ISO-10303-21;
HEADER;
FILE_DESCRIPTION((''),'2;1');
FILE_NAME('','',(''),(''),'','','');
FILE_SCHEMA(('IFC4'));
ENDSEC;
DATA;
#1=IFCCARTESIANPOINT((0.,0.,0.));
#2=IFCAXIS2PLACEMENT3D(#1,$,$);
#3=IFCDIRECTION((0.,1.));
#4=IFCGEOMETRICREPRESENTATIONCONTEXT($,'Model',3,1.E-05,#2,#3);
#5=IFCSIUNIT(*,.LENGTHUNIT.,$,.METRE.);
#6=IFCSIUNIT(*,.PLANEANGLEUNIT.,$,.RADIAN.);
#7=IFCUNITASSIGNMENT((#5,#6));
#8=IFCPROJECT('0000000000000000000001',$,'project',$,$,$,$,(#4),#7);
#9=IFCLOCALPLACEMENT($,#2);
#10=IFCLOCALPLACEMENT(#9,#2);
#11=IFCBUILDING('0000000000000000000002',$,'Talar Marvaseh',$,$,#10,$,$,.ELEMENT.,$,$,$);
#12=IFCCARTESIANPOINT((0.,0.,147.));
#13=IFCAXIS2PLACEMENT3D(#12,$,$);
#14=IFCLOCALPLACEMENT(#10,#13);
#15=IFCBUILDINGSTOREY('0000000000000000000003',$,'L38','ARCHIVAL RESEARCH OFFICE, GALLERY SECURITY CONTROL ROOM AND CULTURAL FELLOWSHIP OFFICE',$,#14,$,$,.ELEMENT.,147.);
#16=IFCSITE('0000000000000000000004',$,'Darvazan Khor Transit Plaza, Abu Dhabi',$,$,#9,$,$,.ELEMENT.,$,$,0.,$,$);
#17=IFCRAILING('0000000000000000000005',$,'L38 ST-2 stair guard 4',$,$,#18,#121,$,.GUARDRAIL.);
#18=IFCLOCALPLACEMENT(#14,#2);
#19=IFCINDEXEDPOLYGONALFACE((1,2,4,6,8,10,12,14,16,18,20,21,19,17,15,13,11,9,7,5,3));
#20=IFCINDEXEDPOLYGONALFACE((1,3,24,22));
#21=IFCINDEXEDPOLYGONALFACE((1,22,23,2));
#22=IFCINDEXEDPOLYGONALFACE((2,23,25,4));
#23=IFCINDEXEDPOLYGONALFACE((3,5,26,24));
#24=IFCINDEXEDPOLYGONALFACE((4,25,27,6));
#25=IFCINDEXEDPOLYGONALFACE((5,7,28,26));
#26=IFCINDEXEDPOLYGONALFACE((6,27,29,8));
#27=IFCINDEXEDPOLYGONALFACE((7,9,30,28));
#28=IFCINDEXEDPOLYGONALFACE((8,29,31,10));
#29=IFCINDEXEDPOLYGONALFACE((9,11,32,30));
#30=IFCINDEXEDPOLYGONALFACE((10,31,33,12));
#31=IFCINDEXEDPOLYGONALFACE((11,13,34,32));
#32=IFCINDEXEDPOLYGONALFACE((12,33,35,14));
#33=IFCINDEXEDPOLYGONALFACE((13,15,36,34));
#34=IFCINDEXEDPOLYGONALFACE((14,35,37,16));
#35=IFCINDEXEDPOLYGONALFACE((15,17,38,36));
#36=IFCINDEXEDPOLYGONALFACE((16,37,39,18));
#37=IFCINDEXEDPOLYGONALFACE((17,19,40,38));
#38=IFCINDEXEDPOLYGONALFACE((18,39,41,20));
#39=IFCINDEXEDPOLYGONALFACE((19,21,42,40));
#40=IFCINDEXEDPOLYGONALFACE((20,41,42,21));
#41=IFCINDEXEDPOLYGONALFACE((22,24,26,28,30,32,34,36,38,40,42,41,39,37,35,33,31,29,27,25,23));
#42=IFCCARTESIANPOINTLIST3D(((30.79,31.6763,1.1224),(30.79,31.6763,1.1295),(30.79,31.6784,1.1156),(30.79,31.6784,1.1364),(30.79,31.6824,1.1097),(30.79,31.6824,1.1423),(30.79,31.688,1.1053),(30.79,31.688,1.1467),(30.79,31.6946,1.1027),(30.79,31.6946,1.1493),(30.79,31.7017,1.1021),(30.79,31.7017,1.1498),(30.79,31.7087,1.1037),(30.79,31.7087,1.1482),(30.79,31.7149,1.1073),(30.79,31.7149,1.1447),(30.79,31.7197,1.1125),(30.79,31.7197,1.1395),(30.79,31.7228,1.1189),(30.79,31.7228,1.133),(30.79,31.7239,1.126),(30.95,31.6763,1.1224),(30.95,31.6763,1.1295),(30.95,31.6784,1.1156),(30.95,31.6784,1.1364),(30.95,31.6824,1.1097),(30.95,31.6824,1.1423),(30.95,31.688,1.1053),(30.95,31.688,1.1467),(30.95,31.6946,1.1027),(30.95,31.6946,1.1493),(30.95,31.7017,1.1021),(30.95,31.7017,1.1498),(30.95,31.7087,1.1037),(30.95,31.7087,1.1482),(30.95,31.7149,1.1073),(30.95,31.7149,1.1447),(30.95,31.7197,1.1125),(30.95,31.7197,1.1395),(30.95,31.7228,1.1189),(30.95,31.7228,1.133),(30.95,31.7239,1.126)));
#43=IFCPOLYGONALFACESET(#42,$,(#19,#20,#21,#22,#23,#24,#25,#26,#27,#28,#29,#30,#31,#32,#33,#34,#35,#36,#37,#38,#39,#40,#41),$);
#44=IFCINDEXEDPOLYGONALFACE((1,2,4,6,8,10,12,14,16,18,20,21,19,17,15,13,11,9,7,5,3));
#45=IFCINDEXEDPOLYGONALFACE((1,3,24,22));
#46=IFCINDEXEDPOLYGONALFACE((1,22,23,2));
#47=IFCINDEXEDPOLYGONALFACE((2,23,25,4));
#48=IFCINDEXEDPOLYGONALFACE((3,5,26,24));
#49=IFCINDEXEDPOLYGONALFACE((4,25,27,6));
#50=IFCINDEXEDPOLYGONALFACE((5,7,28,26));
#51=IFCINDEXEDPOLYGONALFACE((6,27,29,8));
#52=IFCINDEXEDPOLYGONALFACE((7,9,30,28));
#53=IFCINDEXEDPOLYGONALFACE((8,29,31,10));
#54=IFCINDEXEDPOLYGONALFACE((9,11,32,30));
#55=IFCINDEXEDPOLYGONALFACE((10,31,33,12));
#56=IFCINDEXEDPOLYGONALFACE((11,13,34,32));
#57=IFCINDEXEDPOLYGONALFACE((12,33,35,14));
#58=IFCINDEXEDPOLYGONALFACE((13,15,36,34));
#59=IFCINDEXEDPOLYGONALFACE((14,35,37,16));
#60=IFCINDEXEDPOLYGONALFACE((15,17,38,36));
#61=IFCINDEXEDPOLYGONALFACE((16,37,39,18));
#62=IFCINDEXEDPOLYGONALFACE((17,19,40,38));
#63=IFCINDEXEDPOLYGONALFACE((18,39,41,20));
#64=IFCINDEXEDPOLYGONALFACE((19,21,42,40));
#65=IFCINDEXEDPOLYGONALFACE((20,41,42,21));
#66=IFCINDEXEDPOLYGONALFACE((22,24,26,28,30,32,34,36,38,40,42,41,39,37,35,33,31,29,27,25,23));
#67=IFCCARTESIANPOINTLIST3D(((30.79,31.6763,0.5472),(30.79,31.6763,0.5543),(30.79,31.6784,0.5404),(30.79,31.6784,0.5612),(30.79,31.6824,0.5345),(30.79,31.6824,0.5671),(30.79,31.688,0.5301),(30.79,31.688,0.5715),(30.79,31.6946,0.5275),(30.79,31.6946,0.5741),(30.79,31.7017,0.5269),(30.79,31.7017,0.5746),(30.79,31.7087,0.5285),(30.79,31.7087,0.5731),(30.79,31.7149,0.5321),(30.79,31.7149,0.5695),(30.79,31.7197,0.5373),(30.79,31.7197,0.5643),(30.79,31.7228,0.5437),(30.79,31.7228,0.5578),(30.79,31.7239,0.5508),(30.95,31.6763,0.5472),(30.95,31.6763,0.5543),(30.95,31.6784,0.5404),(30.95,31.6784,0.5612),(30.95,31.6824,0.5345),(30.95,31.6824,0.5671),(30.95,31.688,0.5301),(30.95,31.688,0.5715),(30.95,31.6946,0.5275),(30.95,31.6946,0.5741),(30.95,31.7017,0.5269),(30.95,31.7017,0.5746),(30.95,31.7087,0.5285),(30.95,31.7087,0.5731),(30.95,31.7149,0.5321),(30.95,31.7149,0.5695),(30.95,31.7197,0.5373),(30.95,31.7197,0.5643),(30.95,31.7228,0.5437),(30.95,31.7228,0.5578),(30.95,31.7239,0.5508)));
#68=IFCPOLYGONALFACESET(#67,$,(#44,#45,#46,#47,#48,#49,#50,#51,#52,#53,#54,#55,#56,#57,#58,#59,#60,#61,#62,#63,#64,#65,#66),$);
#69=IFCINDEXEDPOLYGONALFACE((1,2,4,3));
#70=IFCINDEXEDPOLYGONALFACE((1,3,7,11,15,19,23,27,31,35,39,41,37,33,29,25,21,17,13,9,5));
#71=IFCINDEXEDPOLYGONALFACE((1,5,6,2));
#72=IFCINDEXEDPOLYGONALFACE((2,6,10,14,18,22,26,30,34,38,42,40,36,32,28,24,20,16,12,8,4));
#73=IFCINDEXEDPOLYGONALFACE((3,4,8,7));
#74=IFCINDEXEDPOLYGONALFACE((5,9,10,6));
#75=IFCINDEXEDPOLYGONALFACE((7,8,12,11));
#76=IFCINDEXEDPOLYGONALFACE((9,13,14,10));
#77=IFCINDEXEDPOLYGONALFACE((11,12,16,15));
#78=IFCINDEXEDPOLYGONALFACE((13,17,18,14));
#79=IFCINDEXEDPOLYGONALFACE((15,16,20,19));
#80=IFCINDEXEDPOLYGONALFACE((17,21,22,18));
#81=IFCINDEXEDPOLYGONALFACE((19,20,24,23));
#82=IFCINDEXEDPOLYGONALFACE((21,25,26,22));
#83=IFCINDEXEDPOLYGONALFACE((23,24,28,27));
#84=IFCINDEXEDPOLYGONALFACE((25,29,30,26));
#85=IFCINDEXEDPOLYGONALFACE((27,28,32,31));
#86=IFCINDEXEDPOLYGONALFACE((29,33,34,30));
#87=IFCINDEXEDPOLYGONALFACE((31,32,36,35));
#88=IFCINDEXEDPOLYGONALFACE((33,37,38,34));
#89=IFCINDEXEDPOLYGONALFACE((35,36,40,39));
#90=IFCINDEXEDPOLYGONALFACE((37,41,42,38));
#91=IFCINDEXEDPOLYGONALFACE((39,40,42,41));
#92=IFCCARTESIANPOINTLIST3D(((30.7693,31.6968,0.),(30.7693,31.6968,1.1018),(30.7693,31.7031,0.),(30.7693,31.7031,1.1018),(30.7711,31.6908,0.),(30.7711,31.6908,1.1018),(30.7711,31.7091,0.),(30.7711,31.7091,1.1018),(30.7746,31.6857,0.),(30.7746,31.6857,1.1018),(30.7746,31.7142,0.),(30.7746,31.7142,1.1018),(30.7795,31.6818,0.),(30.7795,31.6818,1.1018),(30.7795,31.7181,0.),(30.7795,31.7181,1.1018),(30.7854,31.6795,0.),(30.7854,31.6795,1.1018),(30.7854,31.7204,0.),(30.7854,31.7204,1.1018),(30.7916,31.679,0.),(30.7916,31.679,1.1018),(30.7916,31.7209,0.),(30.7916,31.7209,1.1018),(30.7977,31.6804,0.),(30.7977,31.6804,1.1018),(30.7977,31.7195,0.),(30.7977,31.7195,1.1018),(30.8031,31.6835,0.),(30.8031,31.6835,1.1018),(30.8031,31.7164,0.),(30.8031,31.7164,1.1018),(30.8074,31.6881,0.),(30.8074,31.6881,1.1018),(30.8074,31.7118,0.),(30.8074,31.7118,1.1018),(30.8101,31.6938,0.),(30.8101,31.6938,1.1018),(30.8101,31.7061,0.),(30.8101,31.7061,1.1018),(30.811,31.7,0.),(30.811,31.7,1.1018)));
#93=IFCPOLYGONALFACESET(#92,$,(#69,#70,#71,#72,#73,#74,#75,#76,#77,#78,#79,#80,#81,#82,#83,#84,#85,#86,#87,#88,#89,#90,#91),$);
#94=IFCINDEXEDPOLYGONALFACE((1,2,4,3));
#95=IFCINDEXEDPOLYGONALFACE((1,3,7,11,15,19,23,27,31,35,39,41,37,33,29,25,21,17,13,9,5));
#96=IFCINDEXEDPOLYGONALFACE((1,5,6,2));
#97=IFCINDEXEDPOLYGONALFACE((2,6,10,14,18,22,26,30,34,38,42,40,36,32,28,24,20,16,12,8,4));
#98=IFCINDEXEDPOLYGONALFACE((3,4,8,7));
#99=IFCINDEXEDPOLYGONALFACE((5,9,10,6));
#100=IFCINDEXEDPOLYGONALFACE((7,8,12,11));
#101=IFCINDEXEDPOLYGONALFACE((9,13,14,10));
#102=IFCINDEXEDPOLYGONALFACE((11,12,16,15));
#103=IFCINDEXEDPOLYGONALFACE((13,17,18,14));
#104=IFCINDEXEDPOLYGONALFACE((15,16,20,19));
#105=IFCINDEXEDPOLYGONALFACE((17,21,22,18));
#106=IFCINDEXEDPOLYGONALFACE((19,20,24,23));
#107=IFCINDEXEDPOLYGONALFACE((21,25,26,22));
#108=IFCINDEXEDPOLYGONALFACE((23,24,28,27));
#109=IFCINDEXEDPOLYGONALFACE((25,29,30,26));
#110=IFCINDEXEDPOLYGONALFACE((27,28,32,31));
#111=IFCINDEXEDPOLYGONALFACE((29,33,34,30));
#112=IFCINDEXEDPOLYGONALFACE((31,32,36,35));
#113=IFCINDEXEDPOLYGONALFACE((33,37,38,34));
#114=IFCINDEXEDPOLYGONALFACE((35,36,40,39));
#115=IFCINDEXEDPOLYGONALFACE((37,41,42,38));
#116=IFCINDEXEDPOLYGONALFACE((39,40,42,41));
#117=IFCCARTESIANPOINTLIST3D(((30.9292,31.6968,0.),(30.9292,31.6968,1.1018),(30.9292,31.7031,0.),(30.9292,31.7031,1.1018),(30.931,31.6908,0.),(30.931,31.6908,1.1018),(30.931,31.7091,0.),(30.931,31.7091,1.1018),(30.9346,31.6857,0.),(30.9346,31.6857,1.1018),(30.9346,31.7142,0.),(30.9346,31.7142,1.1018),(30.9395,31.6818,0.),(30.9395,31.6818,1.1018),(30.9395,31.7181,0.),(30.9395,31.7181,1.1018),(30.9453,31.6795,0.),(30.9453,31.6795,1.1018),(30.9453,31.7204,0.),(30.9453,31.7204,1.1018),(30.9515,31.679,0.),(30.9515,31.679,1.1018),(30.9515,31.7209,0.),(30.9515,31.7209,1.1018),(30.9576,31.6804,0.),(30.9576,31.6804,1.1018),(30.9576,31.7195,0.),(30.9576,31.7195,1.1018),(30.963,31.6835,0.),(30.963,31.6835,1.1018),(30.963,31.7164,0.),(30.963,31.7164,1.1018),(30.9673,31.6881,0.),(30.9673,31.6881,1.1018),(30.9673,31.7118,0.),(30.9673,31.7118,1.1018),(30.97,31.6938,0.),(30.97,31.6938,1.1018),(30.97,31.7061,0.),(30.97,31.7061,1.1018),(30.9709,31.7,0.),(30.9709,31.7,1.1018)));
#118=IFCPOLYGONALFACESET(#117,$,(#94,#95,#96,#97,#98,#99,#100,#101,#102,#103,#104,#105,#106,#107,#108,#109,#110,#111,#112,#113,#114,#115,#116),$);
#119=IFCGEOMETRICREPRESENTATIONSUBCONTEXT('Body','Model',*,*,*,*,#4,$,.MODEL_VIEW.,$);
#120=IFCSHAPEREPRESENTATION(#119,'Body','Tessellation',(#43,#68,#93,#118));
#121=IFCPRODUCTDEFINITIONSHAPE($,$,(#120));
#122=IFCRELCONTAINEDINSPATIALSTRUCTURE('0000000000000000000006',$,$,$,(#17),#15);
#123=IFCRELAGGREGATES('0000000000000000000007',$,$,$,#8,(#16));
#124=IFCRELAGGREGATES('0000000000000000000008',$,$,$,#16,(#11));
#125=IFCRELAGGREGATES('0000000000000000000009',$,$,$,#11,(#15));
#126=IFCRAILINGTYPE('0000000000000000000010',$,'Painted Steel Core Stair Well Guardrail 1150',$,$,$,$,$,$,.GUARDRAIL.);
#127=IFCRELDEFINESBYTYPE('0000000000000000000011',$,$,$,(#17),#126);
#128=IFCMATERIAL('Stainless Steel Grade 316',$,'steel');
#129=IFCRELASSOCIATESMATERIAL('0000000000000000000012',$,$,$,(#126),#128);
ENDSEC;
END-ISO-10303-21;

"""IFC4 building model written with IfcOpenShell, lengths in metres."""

from ifc_helpers import new_model, si_unit, direction, frame, origin, origin_2d, place, context, subcontext, project, spatial, circle, extrude, material, type_object, element, save


model = new_model("IFC4")

# Units and contexts
model_context = context("Model", 3, precision=1e-05, world=origin(), true_north=direction((0.0, 1.0)))
body_context = subcontext(model_context, "Body", "Model", "MODEL_VIEW")
ifc_project = project(units=[si_unit("LENGTHUNIT", "METRE"), si_unit("PLANEANGLEUNIT", "RADIAN")], contexts=[model_context])

# Site, building, storey
site_placement = place(None, origin())
site = spatial("IfcSite", under=ifc_project, at=site_placement, Name="Darvazan Khor Transit Plaza, Abu Dhabi", CompositionType="ELEMENT", RefElevation=0.0)
building_placement = place(site_placement, origin())
building = spatial("IfcBuilding", under=site, at=building_placement, Name="Talar Marvaseh", CompositionType="ELEMENT")
storey_placement = place(building_placement, frame((0.0, 0.0, 147.0)))
storey = spatial("IfcBuildingStorey", under=building, at=storey_placement, Name="L38", Description="ARCHIVAL RESEARCH OFFICE, GALLERY SECURITY CONTROL ROOM AND CULTURAL FELLOWSHIP OFFICE", CompositionType="ELEMENT", Elevation=147.0)

# Shared definitions
ifc_material_1 = material(Name="Stainless Steel Grade 316", Category="steel")

# Railing
railing_type_1 = type_object("IfcRailingType", Name="Painted Steel Core Stair Well Guardrail 1150", PredefinedType="GUARDRAIL", material=ifc_material_1)
railing_1_placement = place(storey_placement, frame((30.79, 31.7, 0.0)))
element("IfcRailing", 1, at=railing_1_placement, inside=storey, type_object=railing_type_1, Name="L38 ST-2 stair guard 4", PredefinedType="GUARDRAIL", context=body_context, shape_type="SweptSolid", body=[
    extrude(circle(Radius=0.0239, at=origin_2d()), frame((0.0, 0.0, 1.126), z_axis=(1.0, 0.0, 0.0), x_axis=(0.0, 1.0, 0.0)), (0.0, 0.0, 1.0), 0.1599),
    extrude(circle(Radius=0.0239, at=origin_2d()), frame((0.0, 0.0, 0.5508), z_axis=(1.0, 0.0, 0.0), x_axis=(0.0, 1.0, 0.0)), (0.0, 0.0, 1.0), 0.1599),
    extrude(circle(Radius=0.021, at=origin_2d()), origin(), (0.0, 0.0, 1.0), 1.1018),
    extrude(circle(Radius=0.021, at=origin_2d()), frame((0.1599, 0.0, 0.0)), (0.0, 0.0, 1.0), 1.1018),
])

save(model, "model.ifc")
